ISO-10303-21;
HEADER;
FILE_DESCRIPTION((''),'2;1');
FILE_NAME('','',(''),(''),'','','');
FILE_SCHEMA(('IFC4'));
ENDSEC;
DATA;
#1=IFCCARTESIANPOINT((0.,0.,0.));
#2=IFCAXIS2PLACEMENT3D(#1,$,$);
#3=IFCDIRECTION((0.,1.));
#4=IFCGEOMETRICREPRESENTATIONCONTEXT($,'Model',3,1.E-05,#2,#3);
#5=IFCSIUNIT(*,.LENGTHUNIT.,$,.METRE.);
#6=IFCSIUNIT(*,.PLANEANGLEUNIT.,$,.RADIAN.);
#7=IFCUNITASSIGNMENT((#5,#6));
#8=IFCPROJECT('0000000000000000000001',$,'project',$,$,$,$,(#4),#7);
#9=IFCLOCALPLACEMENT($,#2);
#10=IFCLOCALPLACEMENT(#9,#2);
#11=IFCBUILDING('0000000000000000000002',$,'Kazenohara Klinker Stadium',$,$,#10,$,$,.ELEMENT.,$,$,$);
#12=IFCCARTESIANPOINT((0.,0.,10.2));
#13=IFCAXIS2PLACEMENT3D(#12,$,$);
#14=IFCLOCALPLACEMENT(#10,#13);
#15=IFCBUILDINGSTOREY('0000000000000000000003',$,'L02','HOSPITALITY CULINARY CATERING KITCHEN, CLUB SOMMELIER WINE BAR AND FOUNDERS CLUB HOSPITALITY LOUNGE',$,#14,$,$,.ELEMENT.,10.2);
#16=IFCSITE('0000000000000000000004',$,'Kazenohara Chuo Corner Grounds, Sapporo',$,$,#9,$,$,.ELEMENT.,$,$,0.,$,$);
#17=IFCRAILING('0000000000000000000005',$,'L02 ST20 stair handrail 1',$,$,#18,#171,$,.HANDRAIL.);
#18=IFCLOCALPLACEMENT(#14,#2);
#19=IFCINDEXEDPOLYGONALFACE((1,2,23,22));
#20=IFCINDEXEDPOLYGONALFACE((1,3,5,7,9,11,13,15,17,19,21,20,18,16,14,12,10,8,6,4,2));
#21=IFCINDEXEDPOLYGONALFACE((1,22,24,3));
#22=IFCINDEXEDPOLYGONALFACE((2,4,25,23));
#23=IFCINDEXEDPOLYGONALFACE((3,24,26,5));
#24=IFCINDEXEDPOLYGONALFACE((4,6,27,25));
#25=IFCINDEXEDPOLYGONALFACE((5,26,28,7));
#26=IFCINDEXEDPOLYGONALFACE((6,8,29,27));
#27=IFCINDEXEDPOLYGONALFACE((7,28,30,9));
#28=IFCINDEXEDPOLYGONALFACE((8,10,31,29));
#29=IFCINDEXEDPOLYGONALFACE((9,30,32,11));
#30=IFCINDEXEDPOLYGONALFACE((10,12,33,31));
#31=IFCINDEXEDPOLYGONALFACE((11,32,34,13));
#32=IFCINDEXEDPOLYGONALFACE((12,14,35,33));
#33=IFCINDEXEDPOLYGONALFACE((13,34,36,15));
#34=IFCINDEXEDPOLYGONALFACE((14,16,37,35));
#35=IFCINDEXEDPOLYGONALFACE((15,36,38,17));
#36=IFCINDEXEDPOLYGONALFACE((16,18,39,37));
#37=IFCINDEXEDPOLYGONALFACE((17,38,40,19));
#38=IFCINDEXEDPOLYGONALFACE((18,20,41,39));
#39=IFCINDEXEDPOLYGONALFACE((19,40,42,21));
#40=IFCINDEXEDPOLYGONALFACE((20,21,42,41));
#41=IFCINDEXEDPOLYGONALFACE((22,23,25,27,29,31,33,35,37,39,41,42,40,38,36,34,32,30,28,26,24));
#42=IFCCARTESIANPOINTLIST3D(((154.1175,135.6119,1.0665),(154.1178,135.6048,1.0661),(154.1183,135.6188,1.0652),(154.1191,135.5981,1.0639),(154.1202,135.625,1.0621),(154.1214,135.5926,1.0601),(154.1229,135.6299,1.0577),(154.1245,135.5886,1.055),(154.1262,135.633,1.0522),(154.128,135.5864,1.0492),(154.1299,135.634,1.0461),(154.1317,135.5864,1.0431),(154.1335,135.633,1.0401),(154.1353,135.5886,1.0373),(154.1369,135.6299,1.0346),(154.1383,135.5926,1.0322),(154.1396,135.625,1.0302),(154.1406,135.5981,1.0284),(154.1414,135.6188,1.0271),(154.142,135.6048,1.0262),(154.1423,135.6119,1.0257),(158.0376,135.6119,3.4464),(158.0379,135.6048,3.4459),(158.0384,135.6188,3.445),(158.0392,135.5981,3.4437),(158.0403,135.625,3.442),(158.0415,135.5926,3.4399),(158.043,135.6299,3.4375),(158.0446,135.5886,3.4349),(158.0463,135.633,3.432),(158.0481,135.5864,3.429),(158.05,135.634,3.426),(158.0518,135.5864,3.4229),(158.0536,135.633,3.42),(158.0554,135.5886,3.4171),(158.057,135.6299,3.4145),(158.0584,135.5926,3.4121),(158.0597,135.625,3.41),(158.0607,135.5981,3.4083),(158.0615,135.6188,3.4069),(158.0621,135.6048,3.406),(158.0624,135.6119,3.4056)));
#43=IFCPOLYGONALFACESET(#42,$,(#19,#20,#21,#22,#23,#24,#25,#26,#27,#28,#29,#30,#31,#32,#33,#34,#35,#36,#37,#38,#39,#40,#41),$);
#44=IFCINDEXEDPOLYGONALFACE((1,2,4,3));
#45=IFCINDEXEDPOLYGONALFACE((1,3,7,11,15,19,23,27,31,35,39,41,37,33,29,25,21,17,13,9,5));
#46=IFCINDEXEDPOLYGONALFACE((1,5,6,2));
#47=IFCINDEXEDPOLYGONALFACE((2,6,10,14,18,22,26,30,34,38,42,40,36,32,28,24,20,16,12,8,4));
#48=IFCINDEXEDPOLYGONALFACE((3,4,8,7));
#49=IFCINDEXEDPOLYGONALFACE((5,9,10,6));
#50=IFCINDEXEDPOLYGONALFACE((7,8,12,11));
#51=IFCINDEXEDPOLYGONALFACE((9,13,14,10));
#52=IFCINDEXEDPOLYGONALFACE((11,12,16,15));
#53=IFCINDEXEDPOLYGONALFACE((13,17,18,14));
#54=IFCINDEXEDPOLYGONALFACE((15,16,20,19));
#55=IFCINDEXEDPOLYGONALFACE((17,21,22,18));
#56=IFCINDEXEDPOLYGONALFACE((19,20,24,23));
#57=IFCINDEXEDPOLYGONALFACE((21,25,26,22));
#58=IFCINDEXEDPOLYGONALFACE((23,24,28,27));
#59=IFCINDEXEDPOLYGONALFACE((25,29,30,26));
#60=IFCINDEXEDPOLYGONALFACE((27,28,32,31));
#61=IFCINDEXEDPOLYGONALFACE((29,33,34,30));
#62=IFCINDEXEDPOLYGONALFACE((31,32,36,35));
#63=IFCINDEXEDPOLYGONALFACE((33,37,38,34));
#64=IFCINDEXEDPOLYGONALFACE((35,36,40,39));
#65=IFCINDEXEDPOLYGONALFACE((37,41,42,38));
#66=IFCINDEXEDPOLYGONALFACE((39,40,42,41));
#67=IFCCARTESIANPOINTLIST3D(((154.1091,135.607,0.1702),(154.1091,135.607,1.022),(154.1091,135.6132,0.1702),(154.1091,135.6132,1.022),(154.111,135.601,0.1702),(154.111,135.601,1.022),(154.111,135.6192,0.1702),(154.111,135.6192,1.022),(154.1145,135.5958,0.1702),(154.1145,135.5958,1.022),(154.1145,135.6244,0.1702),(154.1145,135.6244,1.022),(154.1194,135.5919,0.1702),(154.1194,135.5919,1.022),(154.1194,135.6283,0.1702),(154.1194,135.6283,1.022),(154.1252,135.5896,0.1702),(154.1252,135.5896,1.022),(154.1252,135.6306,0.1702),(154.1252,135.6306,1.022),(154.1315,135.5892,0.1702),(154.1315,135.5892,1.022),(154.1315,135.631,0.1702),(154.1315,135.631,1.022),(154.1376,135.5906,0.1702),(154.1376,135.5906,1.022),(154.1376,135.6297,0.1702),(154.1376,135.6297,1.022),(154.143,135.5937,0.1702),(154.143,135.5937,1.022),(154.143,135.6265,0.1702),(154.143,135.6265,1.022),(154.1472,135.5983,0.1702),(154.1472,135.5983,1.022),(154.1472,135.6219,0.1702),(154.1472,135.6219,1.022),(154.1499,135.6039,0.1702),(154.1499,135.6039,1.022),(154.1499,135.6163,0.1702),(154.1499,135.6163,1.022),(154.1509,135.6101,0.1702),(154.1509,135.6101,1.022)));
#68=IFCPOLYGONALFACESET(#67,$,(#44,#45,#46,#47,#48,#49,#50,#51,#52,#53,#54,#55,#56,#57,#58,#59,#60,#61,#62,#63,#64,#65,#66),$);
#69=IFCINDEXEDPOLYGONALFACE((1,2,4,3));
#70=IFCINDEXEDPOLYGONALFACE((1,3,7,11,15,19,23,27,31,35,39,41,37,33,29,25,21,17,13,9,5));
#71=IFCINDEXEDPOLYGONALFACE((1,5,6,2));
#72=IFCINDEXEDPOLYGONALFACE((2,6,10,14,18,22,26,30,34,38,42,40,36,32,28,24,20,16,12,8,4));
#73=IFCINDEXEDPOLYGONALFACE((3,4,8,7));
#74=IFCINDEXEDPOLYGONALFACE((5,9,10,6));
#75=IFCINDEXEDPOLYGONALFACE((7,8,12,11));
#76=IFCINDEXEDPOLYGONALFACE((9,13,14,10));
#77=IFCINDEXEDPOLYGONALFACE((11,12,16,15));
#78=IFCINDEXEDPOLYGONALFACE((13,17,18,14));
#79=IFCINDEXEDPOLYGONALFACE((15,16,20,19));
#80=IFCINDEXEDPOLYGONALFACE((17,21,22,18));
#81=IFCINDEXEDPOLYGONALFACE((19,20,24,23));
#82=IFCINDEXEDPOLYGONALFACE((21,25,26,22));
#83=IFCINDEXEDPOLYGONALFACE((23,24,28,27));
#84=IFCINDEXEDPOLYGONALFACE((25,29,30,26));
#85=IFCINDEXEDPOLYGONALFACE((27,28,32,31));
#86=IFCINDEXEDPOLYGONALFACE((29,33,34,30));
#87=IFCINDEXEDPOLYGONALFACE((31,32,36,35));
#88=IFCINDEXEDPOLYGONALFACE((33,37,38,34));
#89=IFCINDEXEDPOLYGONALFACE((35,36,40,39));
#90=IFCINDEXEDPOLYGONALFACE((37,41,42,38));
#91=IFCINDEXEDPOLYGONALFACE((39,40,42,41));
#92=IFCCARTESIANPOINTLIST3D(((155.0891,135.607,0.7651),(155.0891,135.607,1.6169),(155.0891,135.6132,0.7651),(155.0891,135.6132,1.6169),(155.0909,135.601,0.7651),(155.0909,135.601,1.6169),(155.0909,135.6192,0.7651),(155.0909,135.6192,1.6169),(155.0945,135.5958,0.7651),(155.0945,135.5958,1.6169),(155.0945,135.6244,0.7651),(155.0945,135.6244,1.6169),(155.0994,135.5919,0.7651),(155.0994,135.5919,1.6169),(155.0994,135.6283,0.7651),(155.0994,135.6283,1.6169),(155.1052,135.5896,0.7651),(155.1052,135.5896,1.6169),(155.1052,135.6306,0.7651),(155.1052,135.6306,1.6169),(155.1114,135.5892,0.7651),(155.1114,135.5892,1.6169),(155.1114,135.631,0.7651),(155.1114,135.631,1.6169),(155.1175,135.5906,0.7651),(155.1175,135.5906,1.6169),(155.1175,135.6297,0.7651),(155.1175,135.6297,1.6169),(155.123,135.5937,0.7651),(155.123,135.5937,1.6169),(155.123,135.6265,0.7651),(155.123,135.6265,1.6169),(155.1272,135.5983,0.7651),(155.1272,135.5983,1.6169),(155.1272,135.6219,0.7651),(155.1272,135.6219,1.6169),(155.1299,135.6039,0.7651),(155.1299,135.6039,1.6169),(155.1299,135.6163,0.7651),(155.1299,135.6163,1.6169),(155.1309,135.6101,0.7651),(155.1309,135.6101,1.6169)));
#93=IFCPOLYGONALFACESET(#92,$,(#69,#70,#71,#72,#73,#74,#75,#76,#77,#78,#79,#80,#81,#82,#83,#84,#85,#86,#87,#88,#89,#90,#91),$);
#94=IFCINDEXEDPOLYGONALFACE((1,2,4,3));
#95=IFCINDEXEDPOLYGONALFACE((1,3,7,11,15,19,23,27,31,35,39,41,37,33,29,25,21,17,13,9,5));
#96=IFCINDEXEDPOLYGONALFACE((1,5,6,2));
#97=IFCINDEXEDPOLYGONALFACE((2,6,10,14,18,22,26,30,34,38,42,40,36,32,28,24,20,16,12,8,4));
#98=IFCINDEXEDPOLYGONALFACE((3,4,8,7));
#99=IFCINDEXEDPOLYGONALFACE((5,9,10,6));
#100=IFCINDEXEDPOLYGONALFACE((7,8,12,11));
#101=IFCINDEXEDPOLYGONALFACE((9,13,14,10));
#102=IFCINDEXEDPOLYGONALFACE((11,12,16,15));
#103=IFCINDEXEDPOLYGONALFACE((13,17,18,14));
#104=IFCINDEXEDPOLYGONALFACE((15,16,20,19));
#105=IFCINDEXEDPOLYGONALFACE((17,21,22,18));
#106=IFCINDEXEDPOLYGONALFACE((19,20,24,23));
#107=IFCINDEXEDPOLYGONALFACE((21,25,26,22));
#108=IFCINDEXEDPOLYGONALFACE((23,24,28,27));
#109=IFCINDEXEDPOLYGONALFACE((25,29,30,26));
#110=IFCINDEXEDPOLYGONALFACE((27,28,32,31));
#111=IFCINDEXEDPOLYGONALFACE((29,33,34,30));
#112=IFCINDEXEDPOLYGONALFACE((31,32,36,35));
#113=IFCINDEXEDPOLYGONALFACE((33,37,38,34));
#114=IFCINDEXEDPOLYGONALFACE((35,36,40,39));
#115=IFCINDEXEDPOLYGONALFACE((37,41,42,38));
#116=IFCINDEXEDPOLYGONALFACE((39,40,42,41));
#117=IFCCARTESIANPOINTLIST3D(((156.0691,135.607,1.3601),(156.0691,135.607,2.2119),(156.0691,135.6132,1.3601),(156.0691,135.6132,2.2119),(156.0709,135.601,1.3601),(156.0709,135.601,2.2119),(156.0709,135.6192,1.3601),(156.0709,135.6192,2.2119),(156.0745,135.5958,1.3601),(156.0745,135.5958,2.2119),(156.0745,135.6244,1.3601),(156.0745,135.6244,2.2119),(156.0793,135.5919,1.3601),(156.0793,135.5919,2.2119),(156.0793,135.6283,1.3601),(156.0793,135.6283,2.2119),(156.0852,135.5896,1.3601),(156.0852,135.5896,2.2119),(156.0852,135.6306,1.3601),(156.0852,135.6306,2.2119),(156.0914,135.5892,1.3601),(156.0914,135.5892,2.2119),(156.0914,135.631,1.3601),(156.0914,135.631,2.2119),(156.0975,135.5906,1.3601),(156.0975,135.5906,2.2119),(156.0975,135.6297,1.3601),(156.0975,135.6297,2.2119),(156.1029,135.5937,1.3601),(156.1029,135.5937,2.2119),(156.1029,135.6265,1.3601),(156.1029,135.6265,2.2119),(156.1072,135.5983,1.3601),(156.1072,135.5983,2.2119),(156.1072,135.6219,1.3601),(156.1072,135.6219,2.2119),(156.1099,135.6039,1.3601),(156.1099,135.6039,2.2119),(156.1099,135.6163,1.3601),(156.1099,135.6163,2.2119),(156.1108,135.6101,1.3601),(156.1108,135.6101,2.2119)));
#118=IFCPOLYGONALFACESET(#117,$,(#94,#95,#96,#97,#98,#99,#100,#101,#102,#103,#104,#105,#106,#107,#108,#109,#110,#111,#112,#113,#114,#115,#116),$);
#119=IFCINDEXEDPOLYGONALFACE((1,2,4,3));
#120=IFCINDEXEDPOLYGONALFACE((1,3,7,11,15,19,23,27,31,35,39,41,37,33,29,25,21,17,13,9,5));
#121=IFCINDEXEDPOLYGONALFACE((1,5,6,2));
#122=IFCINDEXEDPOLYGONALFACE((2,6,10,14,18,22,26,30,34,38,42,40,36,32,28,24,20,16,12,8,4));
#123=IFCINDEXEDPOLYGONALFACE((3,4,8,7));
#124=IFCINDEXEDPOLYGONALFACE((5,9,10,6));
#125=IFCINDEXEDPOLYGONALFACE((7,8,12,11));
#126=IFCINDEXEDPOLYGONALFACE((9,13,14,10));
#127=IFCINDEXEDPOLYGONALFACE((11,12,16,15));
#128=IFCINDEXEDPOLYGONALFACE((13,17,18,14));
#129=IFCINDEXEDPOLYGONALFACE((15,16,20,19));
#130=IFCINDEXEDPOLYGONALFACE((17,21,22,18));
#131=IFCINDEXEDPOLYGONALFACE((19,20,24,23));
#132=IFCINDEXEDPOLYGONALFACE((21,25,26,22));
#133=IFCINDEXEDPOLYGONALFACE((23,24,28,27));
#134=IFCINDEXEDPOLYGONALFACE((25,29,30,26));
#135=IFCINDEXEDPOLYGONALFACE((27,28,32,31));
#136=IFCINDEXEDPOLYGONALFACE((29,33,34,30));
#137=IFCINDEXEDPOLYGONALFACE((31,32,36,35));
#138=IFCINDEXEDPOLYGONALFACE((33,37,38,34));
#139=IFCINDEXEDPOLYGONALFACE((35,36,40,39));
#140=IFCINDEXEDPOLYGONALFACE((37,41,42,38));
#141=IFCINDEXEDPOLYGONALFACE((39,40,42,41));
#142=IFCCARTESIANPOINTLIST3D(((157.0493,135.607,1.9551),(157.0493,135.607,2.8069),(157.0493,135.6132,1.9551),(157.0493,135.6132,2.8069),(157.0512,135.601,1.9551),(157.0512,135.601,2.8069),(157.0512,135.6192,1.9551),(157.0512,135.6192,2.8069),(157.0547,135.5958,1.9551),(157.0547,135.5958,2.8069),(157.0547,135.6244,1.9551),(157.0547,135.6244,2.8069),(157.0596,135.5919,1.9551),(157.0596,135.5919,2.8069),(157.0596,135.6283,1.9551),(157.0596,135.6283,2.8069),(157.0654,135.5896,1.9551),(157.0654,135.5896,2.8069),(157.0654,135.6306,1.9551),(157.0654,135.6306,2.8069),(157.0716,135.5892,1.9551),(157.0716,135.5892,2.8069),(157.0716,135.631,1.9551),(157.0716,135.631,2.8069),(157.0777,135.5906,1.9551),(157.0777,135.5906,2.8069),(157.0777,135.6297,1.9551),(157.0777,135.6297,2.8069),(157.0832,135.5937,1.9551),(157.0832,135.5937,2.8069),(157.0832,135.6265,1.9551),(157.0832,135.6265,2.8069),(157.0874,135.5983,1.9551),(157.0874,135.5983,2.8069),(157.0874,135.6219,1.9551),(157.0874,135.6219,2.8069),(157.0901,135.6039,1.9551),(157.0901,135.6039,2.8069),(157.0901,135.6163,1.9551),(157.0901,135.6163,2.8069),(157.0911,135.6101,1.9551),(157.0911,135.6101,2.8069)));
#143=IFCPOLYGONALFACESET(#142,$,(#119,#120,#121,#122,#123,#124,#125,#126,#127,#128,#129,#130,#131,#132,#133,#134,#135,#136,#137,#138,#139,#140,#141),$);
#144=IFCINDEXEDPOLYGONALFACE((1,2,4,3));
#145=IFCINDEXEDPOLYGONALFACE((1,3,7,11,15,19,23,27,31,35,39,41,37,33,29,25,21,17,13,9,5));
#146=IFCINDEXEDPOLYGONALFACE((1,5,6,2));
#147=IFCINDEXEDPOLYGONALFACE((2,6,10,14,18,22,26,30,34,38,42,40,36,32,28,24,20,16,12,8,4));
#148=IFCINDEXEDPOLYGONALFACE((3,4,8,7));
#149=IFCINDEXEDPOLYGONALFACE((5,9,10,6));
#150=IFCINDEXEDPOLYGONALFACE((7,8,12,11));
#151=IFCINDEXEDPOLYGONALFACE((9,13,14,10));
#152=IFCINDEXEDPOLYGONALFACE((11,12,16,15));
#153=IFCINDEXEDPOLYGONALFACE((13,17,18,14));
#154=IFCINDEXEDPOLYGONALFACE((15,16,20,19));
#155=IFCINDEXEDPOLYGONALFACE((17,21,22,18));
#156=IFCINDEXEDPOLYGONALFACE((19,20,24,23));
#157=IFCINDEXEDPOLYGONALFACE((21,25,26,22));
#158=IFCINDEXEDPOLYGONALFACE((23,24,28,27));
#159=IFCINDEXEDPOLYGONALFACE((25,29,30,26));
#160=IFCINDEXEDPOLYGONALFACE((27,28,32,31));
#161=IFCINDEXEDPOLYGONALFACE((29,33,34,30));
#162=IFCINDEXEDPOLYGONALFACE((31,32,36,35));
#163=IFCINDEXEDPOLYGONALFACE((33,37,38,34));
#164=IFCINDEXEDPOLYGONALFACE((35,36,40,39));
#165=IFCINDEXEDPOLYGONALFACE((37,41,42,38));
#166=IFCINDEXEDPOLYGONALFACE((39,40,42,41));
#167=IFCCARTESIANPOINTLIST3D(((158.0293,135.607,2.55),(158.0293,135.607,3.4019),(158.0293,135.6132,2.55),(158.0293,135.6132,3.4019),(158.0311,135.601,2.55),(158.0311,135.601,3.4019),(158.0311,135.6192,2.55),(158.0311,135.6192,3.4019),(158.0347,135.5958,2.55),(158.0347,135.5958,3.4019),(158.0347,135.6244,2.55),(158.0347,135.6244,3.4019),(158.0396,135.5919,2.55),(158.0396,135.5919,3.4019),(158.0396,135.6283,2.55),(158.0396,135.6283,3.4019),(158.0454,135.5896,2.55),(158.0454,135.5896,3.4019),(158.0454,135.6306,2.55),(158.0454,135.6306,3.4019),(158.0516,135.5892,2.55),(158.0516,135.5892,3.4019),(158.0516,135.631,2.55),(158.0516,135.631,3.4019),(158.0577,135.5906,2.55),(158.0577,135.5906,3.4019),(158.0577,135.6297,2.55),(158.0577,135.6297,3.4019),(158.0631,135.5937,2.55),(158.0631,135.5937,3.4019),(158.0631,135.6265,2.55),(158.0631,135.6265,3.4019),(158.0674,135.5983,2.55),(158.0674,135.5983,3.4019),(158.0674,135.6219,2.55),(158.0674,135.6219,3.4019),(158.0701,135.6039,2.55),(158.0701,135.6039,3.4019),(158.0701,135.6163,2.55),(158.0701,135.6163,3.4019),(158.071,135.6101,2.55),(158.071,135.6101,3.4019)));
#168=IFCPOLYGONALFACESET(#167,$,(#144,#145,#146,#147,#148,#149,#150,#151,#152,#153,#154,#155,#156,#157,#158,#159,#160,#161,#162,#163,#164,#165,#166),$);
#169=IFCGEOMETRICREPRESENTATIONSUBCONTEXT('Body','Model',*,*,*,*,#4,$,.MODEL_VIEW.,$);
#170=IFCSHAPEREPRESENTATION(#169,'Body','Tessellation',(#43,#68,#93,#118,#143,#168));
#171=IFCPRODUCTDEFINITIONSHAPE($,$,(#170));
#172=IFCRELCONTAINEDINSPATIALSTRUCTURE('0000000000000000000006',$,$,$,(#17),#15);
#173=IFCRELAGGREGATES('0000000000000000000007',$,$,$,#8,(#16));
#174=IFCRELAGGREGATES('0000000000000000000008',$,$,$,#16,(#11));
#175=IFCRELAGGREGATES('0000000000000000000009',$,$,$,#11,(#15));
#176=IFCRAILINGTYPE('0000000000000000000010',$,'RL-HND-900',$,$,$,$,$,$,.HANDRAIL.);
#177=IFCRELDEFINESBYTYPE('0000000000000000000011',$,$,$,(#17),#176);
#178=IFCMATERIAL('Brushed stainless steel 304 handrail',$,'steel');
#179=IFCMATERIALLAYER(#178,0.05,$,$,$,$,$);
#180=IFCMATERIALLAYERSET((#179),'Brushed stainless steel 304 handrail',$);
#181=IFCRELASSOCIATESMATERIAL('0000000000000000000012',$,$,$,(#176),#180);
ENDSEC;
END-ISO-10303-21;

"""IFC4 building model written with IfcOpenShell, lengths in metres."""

from ifc_helpers import new_model, si_unit, direction, frame, origin, origin_2d, place, context, subcontext, project, spatial, circle, extrude, material, layer, layer_set, type_object, element, save


model = new_model("IFC4")

# Units and contexts
model_context = context("Model", 3, precision=1e-05, world=origin(), true_north=direction((0.0, 1.0)))
body_context = subcontext(model_context, "Body", "Model", "MODEL_VIEW")
ifc_project = project(units=[si_unit("LENGTHUNIT", "METRE"), si_unit("PLANEANGLEUNIT", "RADIAN")], contexts=[model_context])

# Site, building, storey
site_placement = place(None, origin())
site = spatial("IfcSite", under=ifc_project, at=site_placement, Name="Kazenohara Chuo Corner Grounds, Sapporo", CompositionType="ELEMENT", RefElevation=0.0)
building_placement = place(site_placement, origin())
building = spatial("IfcBuilding", under=site, at=building_placement, Name="Kazenohara Klinker Stadium", CompositionType="ELEMENT")
storey_placement = place(building_placement, frame((0.0, 0.0, 10.2)))
storey = spatial("IfcBuildingStorey", under=building, at=storey_placement, Name="L02", Description="HOSPITALITY CULINARY CATERING KITCHEN, CLUB SOMMELIER WINE BAR AND FOUNDERS CLUB HOSPITALITY LOUNGE", CompositionType="ELEMENT", Elevation=10.2)

# Railing
ifc_material_1 = material(Name="Brushed stainless steel 304 handrail", Category="steel")
ifc_layer_1 = layer(ifc_material_1, 0.05)
ifc_layer_set_1 = layer_set([ifc_layer_1], Name="Brushed stainless steel 304 handrail")
railing_type_1 = type_object("IfcRailingType", Name="RL-HND-900", PredefinedType="HANDRAIL", material=ifc_layer_set_1)
railing_1_placement = place(storey_placement, frame((154.1299, 135.6101, 0.1702)))
element("IfcRailing", 1, at=railing_1_placement, inside=storey, type_object=railing_type_1, Name="L02 ST20 stair handrail 1", PredefinedType="HANDRAIL", context=body_context, shape_type="SweptSolid", body=[
    extrude(circle(Radius=0.0239, at=origin_2d()), frame((0.0, 0.0, 0.876), z_axis=(0.854809, 0.0, 0.518943), x_axis=(0.0, 1.0, 0.0)), (0.0, 0.0, 1.0), 4.5859),
    extrude(circle(Radius=0.021, at=origin_2d()), origin(), (0.0, 0.0, 1.0), 0.8518),
    extrude(circle(Radius=0.021, at=origin_2d()), frame((0.98, 0.0, 0.595)), (0.0, 0.0, 1.0), 0.8518),
    extrude(circle(Radius=0.021, at=origin_2d()), frame((1.96, 0.0, 1.1899)), (0.0, 0.0, 1.0), 0.8518),
    extrude(circle(Radius=0.021, at=origin_2d()), frame((2.9402, 0.0, 1.7849)), (0.0, 0.0, 1.0), 0.8518),
    extrude(circle(Radius=0.021, at=origin_2d()), frame((3.9202, 0.0, 2.3799)), (0.0, 0.0, 1.0), 0.8518),
])

save(model, "model.ifc")
